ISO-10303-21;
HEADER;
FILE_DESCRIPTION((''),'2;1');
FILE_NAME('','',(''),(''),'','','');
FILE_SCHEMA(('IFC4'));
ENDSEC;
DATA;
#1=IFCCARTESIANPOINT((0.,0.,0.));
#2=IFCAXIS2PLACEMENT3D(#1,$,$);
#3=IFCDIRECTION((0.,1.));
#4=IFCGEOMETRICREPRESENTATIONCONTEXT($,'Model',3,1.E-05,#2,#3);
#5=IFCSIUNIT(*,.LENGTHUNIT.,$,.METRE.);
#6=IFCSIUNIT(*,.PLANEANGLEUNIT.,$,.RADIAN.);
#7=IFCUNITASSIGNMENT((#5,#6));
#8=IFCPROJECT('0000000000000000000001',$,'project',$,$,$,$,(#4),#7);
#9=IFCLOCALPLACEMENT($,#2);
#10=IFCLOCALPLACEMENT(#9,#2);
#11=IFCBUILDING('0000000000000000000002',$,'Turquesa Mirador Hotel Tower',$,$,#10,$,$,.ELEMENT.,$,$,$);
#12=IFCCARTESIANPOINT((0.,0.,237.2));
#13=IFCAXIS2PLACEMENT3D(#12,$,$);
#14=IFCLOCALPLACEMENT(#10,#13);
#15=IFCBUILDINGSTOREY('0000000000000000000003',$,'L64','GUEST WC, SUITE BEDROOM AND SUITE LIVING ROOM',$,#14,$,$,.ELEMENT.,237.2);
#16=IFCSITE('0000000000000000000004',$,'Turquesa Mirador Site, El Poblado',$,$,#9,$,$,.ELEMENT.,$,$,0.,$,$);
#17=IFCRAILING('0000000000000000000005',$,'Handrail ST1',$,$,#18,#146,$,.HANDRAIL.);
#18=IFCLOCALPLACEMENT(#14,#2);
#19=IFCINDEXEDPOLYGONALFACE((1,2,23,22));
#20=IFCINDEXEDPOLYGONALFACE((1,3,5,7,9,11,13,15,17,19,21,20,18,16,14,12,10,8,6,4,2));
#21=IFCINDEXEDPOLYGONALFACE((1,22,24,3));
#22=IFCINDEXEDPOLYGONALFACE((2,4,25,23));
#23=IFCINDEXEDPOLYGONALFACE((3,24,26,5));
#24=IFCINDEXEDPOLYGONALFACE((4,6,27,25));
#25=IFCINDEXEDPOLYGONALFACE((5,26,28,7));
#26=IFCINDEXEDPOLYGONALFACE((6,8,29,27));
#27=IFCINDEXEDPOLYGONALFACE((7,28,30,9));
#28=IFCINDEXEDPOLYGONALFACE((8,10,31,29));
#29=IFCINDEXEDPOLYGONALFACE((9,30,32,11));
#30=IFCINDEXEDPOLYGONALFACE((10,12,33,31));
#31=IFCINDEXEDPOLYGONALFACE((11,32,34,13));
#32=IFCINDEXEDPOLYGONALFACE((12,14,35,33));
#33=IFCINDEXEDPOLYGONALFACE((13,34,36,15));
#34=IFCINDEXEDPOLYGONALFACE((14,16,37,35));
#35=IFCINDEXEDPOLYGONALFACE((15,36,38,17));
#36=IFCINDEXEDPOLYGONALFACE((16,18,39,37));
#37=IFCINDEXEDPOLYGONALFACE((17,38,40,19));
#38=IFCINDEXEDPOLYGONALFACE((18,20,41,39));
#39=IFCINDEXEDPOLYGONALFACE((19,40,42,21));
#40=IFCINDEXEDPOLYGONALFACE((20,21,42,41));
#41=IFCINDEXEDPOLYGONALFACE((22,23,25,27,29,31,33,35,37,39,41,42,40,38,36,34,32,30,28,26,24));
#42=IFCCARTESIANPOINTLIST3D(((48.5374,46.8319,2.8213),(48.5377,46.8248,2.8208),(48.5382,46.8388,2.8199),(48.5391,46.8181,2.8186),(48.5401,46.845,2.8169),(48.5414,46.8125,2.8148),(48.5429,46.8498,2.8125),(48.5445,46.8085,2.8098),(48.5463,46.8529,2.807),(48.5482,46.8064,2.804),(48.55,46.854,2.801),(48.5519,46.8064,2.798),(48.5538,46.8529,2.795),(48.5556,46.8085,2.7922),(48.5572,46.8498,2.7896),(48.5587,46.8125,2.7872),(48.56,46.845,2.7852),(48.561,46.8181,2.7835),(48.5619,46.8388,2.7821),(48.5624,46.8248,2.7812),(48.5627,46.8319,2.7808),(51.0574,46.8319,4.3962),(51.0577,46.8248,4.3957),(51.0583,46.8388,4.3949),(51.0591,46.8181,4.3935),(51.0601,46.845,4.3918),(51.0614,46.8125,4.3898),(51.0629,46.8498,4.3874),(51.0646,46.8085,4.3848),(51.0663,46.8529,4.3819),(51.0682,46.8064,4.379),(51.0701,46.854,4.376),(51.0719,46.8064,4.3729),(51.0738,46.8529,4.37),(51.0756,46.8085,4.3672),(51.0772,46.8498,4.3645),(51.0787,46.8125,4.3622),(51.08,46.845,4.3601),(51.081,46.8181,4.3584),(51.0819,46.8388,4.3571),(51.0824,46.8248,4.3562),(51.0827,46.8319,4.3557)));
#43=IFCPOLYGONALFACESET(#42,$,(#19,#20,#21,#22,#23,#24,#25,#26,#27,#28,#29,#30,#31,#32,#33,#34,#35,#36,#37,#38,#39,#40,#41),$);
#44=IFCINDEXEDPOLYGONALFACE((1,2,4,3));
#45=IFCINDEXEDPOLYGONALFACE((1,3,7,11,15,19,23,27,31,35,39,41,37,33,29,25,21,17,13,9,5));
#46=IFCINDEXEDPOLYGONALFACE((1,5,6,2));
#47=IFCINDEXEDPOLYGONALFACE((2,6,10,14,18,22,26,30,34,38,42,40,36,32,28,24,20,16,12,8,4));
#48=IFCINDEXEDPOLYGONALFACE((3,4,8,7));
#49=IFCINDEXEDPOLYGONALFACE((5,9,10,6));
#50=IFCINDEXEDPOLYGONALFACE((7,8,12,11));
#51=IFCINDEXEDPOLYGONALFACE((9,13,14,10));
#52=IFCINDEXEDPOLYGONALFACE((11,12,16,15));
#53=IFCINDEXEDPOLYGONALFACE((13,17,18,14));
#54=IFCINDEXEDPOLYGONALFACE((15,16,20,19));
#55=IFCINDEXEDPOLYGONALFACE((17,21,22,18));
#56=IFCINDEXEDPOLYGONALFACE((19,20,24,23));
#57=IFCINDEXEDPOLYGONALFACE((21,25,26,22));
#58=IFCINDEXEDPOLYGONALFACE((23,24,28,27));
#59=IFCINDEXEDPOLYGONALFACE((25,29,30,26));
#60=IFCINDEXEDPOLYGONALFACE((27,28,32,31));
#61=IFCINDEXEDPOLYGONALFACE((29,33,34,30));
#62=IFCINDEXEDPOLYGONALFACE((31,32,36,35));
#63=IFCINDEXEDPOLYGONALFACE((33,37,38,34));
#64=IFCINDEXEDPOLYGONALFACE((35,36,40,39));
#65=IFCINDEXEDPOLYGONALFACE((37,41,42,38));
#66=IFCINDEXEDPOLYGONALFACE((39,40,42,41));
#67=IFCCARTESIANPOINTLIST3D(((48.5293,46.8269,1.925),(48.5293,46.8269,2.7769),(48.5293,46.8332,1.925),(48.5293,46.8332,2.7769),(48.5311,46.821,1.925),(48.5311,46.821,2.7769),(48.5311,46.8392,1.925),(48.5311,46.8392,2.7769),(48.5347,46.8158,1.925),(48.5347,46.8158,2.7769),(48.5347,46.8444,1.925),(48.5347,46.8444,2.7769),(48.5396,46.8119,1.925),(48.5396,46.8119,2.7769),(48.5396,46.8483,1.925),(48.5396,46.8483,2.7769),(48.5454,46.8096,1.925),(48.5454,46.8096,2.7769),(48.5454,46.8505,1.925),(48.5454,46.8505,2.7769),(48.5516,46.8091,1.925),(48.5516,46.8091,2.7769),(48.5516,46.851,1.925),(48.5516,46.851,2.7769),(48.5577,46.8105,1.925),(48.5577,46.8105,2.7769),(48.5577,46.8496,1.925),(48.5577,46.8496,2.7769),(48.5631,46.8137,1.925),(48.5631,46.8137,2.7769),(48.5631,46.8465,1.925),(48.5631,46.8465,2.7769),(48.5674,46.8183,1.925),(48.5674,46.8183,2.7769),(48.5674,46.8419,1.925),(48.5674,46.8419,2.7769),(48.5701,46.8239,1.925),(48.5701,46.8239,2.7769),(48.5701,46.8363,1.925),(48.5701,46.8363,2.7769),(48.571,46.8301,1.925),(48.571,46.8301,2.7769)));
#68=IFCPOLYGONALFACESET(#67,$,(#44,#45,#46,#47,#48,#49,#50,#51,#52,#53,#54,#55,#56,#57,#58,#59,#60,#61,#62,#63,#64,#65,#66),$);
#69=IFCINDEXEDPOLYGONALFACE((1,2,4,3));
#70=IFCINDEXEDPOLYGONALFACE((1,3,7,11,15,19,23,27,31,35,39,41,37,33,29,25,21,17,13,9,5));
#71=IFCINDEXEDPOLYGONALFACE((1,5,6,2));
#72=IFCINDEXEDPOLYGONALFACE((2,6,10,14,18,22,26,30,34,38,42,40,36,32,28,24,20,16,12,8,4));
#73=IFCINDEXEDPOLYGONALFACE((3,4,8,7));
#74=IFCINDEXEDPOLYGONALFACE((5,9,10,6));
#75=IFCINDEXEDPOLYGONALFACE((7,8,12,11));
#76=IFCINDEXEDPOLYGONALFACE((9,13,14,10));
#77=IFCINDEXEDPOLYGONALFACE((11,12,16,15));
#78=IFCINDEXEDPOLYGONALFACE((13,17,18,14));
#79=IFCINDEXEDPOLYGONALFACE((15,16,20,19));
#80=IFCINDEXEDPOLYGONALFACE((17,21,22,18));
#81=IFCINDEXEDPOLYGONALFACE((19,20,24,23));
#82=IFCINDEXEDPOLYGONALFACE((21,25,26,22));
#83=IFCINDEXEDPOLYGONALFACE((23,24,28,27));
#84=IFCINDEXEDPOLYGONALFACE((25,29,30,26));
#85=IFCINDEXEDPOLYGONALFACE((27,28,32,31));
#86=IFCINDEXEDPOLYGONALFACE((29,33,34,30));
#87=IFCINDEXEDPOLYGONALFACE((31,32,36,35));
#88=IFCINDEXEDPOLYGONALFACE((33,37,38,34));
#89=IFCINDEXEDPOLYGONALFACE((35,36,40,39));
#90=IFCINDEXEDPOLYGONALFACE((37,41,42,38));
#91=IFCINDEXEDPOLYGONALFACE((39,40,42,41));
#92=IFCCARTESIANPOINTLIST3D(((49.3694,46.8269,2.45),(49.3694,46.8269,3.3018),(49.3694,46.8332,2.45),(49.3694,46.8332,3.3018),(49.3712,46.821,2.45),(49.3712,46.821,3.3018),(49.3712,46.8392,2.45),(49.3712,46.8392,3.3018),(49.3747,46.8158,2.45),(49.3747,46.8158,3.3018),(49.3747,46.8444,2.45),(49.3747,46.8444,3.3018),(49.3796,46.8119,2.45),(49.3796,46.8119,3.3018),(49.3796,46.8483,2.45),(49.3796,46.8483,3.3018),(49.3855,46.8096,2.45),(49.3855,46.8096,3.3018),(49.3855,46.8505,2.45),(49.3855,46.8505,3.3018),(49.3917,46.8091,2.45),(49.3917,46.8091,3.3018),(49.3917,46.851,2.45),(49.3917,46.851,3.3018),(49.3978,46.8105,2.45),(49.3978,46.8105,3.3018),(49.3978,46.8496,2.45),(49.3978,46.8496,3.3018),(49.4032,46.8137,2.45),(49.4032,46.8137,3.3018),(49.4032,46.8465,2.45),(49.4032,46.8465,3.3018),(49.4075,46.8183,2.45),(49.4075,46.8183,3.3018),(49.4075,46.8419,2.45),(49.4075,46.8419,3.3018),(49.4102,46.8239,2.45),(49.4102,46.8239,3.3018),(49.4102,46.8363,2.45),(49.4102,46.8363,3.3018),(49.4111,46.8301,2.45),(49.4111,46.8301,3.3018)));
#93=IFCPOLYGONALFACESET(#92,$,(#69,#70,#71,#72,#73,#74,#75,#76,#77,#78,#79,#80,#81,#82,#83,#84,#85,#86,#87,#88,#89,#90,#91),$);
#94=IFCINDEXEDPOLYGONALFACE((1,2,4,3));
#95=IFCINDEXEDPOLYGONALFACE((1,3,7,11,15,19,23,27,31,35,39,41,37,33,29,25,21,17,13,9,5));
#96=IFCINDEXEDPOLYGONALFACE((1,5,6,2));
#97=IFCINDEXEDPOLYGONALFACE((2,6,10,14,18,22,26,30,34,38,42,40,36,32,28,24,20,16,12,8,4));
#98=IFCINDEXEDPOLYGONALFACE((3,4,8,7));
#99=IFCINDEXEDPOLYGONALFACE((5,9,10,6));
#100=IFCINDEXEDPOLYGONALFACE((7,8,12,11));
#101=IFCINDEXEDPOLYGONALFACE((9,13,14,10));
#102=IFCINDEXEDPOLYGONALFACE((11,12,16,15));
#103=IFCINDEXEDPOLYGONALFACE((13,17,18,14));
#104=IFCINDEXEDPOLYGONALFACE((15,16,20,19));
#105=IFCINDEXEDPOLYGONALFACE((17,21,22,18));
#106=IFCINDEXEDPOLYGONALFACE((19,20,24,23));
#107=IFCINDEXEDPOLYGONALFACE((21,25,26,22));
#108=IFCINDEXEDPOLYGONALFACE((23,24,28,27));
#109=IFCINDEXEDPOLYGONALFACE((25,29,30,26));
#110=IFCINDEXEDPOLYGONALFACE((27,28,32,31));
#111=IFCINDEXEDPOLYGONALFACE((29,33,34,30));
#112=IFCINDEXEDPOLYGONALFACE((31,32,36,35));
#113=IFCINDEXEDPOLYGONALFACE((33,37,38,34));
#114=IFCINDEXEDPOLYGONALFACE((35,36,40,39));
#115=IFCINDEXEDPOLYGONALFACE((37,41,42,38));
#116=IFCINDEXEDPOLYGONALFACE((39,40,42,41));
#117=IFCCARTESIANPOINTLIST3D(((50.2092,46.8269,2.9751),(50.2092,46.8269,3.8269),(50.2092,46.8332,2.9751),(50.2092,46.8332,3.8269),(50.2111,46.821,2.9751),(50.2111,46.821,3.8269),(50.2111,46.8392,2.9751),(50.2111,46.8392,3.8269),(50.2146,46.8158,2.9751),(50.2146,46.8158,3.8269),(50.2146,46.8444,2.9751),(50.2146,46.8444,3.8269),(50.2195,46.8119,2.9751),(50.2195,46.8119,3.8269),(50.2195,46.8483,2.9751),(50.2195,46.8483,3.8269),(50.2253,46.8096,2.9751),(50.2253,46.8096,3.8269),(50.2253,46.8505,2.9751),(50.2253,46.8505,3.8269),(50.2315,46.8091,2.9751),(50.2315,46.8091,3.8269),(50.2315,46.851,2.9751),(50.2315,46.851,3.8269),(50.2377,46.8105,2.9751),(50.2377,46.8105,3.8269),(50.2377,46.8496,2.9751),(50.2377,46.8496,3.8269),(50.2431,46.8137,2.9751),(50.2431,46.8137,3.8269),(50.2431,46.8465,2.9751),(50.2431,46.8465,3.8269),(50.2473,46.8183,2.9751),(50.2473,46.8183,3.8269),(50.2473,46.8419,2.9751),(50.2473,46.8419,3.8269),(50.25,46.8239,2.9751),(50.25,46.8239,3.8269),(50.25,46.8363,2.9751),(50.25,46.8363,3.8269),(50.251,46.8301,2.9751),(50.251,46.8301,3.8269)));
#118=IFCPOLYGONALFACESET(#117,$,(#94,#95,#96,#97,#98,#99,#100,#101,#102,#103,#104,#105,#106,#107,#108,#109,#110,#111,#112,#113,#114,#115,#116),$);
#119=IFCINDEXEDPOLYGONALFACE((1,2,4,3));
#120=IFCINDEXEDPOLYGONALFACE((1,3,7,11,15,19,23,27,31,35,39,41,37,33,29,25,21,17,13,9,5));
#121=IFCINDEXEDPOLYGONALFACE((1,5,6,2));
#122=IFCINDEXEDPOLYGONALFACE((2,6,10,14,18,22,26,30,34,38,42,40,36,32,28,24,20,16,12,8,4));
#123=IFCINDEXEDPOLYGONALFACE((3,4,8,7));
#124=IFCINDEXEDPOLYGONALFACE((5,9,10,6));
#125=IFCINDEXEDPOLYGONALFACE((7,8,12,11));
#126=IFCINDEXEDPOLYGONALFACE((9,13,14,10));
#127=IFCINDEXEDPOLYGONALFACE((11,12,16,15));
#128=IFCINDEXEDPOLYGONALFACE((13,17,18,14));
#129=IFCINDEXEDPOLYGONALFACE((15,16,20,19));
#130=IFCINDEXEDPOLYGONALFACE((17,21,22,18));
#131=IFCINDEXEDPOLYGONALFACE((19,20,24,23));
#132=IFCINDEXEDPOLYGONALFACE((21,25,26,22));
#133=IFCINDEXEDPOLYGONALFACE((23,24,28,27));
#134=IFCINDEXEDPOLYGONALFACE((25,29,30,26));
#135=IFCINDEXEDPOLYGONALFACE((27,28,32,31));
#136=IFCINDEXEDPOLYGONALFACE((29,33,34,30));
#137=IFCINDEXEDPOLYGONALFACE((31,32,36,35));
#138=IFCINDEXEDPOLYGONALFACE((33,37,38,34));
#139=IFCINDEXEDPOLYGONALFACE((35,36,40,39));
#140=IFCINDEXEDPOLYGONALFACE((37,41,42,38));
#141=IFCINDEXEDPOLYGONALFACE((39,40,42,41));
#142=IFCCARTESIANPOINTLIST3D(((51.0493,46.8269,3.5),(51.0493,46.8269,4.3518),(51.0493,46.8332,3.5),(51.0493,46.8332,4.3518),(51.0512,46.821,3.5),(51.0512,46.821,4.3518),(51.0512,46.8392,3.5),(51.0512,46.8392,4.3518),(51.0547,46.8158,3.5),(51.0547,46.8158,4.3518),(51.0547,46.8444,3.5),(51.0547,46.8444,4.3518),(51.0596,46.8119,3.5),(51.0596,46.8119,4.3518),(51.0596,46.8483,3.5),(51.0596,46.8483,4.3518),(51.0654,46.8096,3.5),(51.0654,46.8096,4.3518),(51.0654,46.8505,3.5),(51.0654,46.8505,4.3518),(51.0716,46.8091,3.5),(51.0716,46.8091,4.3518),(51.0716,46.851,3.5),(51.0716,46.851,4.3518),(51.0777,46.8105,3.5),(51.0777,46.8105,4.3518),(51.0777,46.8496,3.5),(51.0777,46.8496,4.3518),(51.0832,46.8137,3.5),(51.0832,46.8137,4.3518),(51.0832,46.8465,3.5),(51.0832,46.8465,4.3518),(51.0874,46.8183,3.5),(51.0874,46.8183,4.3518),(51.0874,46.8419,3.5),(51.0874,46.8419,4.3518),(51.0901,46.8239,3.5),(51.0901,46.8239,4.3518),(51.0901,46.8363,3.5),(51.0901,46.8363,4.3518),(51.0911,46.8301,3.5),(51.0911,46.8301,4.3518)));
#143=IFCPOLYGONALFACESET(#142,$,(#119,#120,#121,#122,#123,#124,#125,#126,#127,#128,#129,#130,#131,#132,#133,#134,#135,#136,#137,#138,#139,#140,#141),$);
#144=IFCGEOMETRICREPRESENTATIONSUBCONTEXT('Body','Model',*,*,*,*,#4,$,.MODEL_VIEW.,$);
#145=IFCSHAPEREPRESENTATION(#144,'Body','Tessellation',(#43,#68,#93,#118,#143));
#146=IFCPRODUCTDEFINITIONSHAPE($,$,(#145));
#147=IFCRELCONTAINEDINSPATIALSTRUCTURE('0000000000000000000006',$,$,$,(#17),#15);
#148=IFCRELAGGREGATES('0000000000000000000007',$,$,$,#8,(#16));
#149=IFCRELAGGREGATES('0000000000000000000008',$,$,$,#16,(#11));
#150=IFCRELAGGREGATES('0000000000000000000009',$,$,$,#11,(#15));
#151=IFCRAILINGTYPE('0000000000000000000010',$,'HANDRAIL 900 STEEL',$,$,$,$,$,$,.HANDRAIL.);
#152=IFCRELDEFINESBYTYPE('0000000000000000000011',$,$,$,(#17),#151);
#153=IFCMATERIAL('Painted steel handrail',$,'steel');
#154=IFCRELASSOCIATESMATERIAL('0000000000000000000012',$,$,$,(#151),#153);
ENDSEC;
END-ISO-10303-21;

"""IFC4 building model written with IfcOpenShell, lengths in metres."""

from ifc_helpers import new_model, si_unit, direction, frame, origin, origin_2d, place, context, subcontext, project, spatial, circle, extrude, material, type_object, element, save


model = new_model("IFC4")

# Units and contexts
model_context = context("Model", 3, precision=1e-05, world=origin(), true_north=direction((0.0, 1.0)))
body_context = subcontext(model_context, "Body", "Model", "MODEL_VIEW")
ifc_project = project(units=[si_unit("LENGTHUNIT", "METRE"), si_unit("PLANEANGLEUNIT", "RADIAN")], contexts=[model_context])

# Site, building, storey
site_placement = place(None, origin())
site = spatial("IfcSite", under=ifc_project, at=site_placement, Name="Turquesa Mirador Site, El Poblado", CompositionType="ELEMENT", RefElevation=0.0)
building_placement = place(site_placement, origin())
building = spatial("IfcBuilding", under=site, at=building_placement, Name="Turquesa Mirador Hotel Tower", CompositionType="ELEMENT")
storey_placement = place(building_placement, frame((0.0, 0.0, 237.2)))
storey = spatial("IfcBuildingStorey", under=building, at=storey_placement, Name="L64", Description="GUEST WC, SUITE BEDROOM AND SUITE LIVING ROOM", CompositionType="ELEMENT", Elevation=237.2)

# Railing
ifc_material_1 = material(Name="Painted steel handrail", Category="steel")
railing_type = type_object("IfcRailingType", Name="HANDRAIL 900 STEEL", PredefinedType="HANDRAIL", material=ifc_material_1)
for number, where, name in (
    (1, (48.55, 46.8301, 1.925), "Handrail ST1"),
):
    element("IfcRailing", number, at=place(storey_placement, frame(where)), inside=storey, type_object=railing_type, Name=name, PredefinedType="HANDRAIL", context=body_context, shape_type="SweptSolid", body=[
        extrude(circle(Radius=0.0239, at=origin_2d()), frame((0.0, 0.0, 0.876), z_axis=(0.848008, 0.0, 0.529984), x_axis=(0.0, 1.0, 0.0)), (0.0, 0.0, 1.0), 2.9717),
        extrude(circle(Radius=0.021, at=origin_2d()), origin(), (0.0, 0.0, 1.0), 0.8518),
        extrude(circle(Radius=0.021, at=origin_2d()), frame((0.8401, 0.0, 0.5249)), (0.0, 0.0, 1.0), 0.8518),
        extrude(circle(Radius=0.021, at=origin_2d()), frame((1.6799, 0.0, 1.05)), (0.0, 0.0, 1.0), 0.8518),
        extrude(circle(Radius=0.021, at=origin_2d()), frame((2.52, 0.0, 1.575)), (0.0, 0.0, 1.0), 0.8518),
    ])

save(model, "model.ifc")
